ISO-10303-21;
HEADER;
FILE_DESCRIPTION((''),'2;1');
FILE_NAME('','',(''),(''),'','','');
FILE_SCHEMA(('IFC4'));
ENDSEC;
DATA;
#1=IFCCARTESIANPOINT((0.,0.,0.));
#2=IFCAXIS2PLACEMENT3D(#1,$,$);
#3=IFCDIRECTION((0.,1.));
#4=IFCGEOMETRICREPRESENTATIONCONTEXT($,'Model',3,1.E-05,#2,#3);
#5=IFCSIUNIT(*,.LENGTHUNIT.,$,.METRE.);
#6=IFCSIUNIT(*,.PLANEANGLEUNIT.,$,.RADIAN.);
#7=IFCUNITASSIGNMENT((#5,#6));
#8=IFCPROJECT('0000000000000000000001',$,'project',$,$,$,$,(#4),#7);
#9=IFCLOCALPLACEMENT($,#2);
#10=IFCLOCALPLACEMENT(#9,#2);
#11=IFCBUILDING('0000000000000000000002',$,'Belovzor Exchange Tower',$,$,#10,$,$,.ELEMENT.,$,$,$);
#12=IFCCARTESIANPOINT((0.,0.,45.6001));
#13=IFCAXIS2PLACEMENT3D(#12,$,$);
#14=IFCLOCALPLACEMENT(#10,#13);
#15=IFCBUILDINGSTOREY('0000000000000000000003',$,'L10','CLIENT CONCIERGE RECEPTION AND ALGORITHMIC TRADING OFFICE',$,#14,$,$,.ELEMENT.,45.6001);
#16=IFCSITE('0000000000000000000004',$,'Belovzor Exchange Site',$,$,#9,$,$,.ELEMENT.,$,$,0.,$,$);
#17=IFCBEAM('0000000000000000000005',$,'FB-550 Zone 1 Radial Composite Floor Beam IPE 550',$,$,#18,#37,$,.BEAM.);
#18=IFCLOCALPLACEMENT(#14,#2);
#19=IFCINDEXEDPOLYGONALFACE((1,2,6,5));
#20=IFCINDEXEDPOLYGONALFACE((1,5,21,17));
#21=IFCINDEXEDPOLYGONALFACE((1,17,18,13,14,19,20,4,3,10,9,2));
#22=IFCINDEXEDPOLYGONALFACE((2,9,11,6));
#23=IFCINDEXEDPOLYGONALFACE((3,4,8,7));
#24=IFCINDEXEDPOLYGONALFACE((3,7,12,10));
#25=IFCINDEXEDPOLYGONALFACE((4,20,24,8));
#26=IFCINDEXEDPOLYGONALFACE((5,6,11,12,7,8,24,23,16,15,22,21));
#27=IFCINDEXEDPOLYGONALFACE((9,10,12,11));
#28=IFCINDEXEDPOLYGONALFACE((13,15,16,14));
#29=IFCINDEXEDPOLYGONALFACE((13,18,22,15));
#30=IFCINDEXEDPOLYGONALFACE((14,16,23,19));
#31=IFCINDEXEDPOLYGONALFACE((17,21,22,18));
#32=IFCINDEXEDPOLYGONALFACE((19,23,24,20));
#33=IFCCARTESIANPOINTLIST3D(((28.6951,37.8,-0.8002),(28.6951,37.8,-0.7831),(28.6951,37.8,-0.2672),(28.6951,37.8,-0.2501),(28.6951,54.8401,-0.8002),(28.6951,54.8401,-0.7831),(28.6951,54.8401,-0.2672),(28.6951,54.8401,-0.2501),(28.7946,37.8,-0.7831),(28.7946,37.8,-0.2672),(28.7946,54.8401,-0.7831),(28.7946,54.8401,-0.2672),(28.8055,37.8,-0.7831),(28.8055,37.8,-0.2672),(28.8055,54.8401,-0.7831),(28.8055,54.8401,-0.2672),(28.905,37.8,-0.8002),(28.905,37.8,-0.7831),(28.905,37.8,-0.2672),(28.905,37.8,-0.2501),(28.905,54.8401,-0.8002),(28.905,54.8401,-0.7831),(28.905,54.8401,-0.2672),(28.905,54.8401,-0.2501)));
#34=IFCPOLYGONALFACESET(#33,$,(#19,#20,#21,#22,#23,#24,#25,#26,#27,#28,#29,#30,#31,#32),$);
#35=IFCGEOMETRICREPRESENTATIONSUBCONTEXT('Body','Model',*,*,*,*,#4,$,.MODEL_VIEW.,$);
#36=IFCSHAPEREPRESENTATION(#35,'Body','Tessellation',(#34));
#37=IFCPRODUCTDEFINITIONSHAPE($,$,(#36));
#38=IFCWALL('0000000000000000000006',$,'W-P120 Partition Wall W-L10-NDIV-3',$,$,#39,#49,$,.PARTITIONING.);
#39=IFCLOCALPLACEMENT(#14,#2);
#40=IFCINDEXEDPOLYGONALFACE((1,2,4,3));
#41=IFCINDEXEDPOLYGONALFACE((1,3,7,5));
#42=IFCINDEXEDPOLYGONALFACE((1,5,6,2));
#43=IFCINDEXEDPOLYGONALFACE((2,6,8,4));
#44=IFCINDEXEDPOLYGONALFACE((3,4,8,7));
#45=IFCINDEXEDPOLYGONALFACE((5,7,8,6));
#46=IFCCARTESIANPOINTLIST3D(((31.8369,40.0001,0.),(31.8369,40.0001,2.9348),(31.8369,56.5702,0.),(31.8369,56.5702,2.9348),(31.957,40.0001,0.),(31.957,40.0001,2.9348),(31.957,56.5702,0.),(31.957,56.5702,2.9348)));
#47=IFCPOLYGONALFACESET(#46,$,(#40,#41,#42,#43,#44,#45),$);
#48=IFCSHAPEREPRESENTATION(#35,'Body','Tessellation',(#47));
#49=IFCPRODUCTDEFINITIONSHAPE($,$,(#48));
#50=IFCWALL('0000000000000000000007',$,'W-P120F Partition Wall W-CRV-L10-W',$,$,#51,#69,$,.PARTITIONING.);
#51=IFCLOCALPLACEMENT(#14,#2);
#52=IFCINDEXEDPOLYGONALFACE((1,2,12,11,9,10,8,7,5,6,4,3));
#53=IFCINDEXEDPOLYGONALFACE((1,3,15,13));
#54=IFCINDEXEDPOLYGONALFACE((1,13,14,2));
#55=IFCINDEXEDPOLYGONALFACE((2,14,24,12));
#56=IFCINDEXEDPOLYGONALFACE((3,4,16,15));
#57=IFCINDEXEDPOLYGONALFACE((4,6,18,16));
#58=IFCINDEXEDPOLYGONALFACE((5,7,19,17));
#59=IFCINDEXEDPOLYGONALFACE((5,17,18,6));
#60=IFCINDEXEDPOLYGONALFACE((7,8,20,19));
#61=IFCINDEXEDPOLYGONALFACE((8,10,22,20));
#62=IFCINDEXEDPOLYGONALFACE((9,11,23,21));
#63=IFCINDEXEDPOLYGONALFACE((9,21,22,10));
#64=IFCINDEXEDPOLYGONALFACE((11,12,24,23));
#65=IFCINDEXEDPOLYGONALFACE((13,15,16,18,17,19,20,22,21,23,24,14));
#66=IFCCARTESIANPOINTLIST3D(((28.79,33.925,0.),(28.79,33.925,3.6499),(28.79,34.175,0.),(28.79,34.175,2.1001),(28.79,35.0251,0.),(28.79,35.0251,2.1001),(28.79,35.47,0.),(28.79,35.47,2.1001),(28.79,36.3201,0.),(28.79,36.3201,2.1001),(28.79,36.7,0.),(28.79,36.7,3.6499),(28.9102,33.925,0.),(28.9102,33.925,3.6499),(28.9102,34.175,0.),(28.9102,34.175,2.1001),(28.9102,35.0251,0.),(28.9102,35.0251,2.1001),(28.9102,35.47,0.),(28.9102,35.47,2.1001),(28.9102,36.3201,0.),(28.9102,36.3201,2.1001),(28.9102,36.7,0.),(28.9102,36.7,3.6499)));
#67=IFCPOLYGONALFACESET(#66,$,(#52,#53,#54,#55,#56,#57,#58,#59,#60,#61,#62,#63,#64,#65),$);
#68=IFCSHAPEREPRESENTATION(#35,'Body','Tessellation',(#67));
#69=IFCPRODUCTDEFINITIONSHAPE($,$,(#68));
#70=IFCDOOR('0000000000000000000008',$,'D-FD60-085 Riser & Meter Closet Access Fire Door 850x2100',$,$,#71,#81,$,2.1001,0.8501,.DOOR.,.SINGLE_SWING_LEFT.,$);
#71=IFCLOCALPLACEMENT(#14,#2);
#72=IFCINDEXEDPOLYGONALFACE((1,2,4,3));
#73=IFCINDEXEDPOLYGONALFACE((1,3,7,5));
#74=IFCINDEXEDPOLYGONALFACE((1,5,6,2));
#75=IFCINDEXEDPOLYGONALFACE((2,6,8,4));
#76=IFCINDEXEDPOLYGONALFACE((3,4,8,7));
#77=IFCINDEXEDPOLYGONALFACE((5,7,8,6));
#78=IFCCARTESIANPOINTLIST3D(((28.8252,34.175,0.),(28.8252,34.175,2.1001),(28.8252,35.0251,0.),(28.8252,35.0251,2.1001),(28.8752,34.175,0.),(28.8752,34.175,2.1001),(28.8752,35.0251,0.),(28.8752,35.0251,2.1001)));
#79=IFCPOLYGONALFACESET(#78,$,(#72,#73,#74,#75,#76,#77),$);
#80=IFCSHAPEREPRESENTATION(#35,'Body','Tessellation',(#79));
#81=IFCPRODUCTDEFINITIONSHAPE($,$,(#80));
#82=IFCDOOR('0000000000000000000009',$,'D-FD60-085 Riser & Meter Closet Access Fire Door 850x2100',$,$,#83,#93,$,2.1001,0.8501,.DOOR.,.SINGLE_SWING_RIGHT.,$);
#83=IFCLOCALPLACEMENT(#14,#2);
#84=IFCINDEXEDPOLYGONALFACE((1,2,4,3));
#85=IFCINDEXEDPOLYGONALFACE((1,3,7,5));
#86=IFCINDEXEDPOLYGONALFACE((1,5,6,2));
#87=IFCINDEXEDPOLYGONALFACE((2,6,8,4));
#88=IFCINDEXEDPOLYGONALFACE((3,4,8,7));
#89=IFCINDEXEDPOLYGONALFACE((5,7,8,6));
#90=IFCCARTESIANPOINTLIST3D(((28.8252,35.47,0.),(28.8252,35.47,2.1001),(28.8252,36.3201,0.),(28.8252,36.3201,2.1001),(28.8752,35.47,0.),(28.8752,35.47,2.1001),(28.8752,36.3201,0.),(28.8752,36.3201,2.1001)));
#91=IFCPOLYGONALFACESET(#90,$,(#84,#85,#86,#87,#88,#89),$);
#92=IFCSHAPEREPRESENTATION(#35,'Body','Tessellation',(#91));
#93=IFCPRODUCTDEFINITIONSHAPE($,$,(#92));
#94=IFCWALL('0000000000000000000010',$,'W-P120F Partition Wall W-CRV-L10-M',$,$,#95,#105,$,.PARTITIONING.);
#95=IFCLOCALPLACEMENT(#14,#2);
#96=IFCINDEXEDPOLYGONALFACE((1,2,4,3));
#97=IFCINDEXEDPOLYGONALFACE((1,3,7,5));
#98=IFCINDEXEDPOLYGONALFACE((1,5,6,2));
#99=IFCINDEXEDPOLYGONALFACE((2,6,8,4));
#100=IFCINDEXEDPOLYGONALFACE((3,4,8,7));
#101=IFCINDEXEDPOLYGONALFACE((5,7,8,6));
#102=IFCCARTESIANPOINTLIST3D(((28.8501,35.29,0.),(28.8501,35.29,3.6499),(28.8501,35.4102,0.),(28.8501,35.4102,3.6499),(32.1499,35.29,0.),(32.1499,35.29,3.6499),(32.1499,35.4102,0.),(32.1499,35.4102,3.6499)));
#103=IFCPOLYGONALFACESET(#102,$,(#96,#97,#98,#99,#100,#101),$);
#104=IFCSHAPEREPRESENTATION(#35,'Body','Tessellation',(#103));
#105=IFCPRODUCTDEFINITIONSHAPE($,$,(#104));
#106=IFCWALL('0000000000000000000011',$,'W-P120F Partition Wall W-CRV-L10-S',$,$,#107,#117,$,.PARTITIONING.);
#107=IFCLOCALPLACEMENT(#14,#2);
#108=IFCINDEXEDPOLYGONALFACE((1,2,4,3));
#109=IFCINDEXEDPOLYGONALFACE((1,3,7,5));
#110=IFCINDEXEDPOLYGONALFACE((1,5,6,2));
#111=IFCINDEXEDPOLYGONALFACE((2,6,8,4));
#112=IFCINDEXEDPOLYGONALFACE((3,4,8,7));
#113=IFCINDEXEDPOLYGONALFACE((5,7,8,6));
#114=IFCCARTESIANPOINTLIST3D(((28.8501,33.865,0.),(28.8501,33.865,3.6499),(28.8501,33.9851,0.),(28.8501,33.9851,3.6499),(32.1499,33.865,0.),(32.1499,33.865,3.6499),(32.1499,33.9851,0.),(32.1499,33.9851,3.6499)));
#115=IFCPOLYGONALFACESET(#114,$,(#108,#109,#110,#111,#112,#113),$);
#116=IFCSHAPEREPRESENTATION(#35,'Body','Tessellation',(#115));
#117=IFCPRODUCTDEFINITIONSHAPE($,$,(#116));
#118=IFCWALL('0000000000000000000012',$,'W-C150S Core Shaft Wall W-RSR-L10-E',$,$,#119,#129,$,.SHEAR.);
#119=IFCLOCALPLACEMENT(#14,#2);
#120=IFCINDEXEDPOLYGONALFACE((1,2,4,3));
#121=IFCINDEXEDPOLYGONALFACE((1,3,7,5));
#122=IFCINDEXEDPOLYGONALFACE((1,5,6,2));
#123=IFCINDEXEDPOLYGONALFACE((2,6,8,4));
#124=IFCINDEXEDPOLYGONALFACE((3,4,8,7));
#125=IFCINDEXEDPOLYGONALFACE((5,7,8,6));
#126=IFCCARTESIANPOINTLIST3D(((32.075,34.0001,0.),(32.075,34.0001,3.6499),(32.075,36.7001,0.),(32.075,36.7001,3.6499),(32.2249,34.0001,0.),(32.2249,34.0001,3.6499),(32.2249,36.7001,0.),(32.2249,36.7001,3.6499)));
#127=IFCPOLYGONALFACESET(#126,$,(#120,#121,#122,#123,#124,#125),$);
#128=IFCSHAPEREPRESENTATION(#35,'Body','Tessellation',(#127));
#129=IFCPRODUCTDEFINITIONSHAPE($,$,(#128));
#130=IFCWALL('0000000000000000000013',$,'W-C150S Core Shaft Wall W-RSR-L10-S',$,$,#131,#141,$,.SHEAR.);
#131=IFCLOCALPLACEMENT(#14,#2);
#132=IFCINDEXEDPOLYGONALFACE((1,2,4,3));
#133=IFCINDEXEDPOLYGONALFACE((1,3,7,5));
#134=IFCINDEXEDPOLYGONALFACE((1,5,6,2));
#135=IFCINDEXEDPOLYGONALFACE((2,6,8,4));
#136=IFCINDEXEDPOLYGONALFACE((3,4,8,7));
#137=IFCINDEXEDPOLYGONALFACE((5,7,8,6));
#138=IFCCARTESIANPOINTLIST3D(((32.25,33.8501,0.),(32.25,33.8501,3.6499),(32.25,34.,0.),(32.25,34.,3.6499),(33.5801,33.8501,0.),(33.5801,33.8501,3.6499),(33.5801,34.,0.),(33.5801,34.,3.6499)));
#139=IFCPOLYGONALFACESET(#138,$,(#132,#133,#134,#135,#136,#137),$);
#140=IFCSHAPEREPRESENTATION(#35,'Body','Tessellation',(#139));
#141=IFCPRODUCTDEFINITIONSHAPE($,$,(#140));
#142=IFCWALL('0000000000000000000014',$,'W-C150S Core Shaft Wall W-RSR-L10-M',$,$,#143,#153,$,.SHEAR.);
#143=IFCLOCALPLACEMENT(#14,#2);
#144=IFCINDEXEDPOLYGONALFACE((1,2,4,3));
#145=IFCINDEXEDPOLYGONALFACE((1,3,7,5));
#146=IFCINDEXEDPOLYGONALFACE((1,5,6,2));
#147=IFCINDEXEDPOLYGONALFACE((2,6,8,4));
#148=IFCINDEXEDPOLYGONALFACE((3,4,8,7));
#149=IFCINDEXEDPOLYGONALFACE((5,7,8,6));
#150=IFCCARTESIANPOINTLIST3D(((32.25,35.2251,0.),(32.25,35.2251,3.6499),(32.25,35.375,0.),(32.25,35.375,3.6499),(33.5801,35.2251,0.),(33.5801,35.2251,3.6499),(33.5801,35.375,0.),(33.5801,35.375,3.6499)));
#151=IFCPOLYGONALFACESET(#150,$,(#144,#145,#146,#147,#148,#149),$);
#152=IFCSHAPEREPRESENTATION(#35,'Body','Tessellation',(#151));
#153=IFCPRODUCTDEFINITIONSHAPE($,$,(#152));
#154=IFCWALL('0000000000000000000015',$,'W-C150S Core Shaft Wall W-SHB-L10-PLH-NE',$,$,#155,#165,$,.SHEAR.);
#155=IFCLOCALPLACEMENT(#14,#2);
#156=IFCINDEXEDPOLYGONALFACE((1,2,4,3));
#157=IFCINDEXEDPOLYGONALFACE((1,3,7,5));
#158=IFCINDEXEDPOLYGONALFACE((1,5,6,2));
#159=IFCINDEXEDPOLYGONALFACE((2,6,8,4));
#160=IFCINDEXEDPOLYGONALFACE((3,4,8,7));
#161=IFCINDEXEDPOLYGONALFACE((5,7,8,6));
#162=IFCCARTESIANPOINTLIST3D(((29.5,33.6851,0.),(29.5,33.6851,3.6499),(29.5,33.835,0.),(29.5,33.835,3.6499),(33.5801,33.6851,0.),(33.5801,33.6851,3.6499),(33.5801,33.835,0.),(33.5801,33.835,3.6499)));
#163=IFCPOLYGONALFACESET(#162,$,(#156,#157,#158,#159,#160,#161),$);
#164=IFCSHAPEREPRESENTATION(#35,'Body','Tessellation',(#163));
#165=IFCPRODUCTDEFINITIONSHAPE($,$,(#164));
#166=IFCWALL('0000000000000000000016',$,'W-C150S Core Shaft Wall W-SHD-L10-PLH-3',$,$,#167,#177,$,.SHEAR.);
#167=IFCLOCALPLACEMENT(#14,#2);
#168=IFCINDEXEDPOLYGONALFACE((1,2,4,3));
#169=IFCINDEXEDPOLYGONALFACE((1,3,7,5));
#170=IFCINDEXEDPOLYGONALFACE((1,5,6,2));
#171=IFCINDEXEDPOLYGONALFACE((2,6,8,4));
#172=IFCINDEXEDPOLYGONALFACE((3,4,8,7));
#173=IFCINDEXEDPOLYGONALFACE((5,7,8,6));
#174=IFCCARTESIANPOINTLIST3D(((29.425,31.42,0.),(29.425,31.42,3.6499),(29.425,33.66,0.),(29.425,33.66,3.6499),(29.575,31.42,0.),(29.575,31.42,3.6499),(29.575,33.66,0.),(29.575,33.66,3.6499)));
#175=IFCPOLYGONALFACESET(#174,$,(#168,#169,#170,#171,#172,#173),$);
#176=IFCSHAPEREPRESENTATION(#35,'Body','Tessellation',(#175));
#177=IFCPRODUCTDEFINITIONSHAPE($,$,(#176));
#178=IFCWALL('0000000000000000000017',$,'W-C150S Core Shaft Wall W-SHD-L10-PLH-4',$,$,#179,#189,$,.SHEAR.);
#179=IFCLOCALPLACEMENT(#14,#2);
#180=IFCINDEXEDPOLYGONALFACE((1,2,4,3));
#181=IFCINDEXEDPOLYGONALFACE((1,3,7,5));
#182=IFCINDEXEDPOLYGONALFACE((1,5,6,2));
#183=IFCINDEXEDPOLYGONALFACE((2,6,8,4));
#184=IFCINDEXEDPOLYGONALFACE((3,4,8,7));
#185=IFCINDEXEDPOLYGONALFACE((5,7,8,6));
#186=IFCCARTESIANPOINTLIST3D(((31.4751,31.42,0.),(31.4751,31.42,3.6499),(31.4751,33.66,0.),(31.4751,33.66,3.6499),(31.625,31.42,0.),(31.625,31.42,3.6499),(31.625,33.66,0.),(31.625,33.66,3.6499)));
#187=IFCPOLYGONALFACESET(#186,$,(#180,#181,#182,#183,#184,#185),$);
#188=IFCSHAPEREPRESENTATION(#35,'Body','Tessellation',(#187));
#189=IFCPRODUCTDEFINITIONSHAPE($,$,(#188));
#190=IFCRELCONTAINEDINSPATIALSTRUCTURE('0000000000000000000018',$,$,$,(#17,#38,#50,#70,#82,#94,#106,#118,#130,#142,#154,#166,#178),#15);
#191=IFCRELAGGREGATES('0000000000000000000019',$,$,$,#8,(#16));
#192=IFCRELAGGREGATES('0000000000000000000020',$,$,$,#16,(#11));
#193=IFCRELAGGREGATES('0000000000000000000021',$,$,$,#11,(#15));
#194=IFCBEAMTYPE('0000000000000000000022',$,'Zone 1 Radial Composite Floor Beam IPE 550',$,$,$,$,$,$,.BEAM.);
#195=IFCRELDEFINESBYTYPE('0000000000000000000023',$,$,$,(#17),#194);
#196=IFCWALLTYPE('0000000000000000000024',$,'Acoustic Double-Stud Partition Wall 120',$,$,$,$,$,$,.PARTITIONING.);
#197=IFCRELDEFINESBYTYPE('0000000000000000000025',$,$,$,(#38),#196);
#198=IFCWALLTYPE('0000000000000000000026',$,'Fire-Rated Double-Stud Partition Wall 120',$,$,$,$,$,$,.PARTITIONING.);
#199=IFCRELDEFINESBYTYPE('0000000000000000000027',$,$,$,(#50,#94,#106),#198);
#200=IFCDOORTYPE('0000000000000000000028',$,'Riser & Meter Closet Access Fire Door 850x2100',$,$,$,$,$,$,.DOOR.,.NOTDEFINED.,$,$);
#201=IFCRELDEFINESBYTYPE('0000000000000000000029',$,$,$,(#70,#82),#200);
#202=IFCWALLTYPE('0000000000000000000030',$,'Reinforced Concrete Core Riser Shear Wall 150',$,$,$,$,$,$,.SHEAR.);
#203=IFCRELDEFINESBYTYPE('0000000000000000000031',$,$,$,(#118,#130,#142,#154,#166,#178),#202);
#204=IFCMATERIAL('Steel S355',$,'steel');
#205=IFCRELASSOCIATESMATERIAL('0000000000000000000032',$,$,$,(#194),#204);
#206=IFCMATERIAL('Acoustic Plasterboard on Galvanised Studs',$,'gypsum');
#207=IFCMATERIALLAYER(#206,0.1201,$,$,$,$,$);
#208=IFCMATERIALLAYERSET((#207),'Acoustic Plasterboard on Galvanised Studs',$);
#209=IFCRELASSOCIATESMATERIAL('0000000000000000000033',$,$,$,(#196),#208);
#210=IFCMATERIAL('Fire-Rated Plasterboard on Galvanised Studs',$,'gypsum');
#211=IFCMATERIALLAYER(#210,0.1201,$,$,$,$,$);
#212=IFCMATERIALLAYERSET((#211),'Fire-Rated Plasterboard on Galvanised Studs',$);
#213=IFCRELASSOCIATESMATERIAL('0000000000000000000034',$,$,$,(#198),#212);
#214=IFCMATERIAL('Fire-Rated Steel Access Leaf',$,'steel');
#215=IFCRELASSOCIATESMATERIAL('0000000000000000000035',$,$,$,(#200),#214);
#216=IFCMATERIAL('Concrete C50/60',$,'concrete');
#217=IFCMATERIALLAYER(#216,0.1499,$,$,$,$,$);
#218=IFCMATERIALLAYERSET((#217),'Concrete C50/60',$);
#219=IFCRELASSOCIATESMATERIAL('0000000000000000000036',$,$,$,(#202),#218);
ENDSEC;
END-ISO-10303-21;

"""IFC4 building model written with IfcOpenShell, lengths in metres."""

from ifc_helpers import new_model, si_unit, direction, frame, frame_2d, origin, origin_2d, place, context, subcontext, project, spatial, rectangle, i_section, extrude, material, layer, layer_set, material_profile, profile_set, type_object, element, fill, save


model = new_model("IFC4")

# Units and contexts
model_context = context("Model", 3, precision=1e-05, world=origin(), true_north=direction((0.0, 1.0)))
body_context = subcontext(model_context, "Body", "Model", "MODEL_VIEW")
ifc_project = project(units=[si_unit("LENGTHUNIT", "METRE"), si_unit("PLANEANGLEUNIT", "RADIAN")], contexts=[model_context])

# Site, building, storey
site_placement = place(None, origin())
site = spatial("IfcSite", under=ifc_project, at=site_placement, Name="Belovzor Exchange Site", CompositionType="ELEMENT", RefElevation=0.0)
building_placement = place(site_placement, origin())
building = spatial("IfcBuilding", under=site, at=building_placement, Name="Belovzor Exchange Tower", CompositionType="ELEMENT")
storey_placement = place(building_placement, frame((0.0, 0.0, 45.6001)))
storey = spatial("IfcBuildingStorey", under=building, at=storey_placement, Name="L10", Description="CLIENT CONCIERGE RECEPTION AND ALGORITHMIC TRADING OFFICE", CompositionType="ELEMENT", Elevation=45.6001)

# Beam
ifc_material_1 = material(Name="Steel S355", Category="steel")
ifc_material_profile = material_profile(ifc_material_1, i_section(OverallWidth=0.21, OverallDepth=0.55, WebThickness=0.011, FlangeThickness=0.0171, at=origin_2d()))
ifc_profile_set = profile_set([ifc_material_profile], Name="Steel S355")
beam_type = type_object("IfcBeamType", Name="Zone 1 Radial Composite Floor Beam IPE 550", PredefinedType="BEAM", material=ifc_profile_set)
beam_placement = place(storey_placement, frame((28.8, 37.8, -0.5251), z_axis=(0.0, 1.0, 0.0), x_axis=(-1.0, 0.0, 0.0)))
element("IfcBeam", 1, at=beam_placement, inside=storey, type_object=beam_type, Name="FB-550 Zone 1 Radial Composite Floor Beam IPE 550", PredefinedType="BEAM", context=body_context, shape_type="SweptSolid", body=[
    extrude(i_section(OverallWidth=0.21, OverallDepth=0.55, WebThickness=0.011, FlangeThickness=0.0171, at=origin_2d()), origin(), (0.0, 0.0, 1.0), 17.04),
])

# Wall
ifc_material_2 = material(Name="Acoustic Plasterboard on Galvanised Studs", Category="gypsum")
ifc_layer_1 = layer(ifc_material_2, 0.1201)
ifc_layer_set_1 = layer_set([ifc_layer_1], Name="Acoustic Plasterboard on Galvanised Studs")
wall_type_1 = type_object("IfcWallType", Name="Acoustic Double-Stud Partition Wall 120", PredefinedType="PARTITIONING", material=ifc_layer_set_1)
wall_1_placement = place(storey_placement, frame((31.897, 40.0, 0.0), z_axis=(0.0, 0.0, 1.0), x_axis=(0.0, 1.0, 0.0)))
element("IfcWall", 2, at=wall_1_placement, inside=storey, type_object=wall_type_1, Name="W-P120 Partition Wall W-L10-NDIV-3", PredefinedType="PARTITIONING", context=body_context, shape_type="SweptSolid", body=[
    extrude(rectangle(XDim=16.5701, YDim=0.1201, at=frame_2d((8.2852, 0.0))), origin(), (0.0, 0.0, 1.0), 2.9348),
])

# Wall, openings, doors
ifc_material_3 = material(Name="Fire-Rated Plasterboard on Galvanised Studs", Category="gypsum")
ifc_layer_2 = layer(ifc_material_3, 0.1201)
ifc_layer_set_2 = layer_set([ifc_layer_2], Name="Fire-Rated Plasterboard on Galvanised Studs")
wall_type_2 = type_object("IfcWallType", Name="Fire-Rated Double-Stud Partition Wall 120", PredefinedType="PARTITIONING", material=ifc_layer_set_2)
wall_2_placement = place(storey_placement, frame((28.8501, 33.925, 0.0), z_axis=(0.0, 0.0, 1.0), x_axis=(0.0, 1.0, 0.0)))
wall_2 = element("IfcWall", 3, at=wall_2_placement, inside=storey, type_object=wall_type_2, Name="W-P120F Partition Wall W-CRV-L10-W", PredefinedType="PARTITIONING", context=body_context, shape_type="SweptSolid", body=[
    extrude(rectangle(XDim=2.7749, YDim=0.1201, at=frame_2d((1.3875, 0.0))), origin(), (0.0, 0.0, 1.0), 3.6499),
])
opening_1_placement = place(wall_2_placement, frame((0.25, 0.0, 0.0)))
opening_1 = element("IfcOpeningElement", 4, at=opening_1_placement, cuts=wall_2, PredefinedType="OPENING", context=body_context, shape_type="SweptSolid", body=[
    extrude(rectangle(XDim=0.8501, YDim=2.1001, at=frame_2d((0.425, 1.05))), frame((0.0, 0.0701, 0.0), z_axis=(0.0, -1.0, 0.0), x_axis=(1.0, 0.0, 0.0)), (0.0, 0.0, 1.0), 0.1401),
])
opening_2_placement = place(wall_2_placement, frame((1.5449, 0.0, 0.0)))
opening_2 = element("IfcOpeningElement", 5, at=opening_2_placement, cuts=wall_2, PredefinedType="OPENING", context=body_context, shape_type="SweptSolid", body=[
    extrude(rectangle(XDim=0.8501, YDim=2.1001, at=frame_2d((0.425, 1.05))), frame((0.0, 0.0701, 0.0), z_axis=(0.0, -1.0, 0.0), x_axis=(1.0, 0.0, 0.0)), (0.0, 0.0, 1.0), 0.1401),
])
ifc_material_4 = material(Name="Fire-Rated Steel Access Leaf", Category="steel")
door_type = type_object("IfcDoorType", Name="Riser & Meter Closet Access Fire Door 850x2100", OperationType="NOTDEFINED", PredefinedType="DOOR", material=ifc_material_4)
door_1_placement = place(opening_1_placement, origin())
door_1 = element("IfcDoor", 6, at=door_1_placement, inside=storey, type_object=door_type, Name="D-FD60-085 Riser & Meter Closet Access Fire Door 850x2100", OperationType="SINGLE_SWING_LEFT", OverallHeight=2.1001, OverallWidth=0.8501, PredefinedType="DOOR", context=body_context, shape_type="SweptSolid", body=[
    extrude(rectangle(XDim=0.8501, YDim=2.1001, at=frame_2d((0.425, 1.05))), frame((0.0, 0.0249, 0.0), z_axis=(0.0, -1.0, 0.0), x_axis=(1.0, 0.0, 0.0)), (0.0, 0.0, 1.0), 0.05),
])
fill(opening_1, door_1)
door_2_placement = place(opening_2_placement, origin())
door_2 = element("IfcDoor", 7, at=door_2_placement, inside=storey, type_object=door_type, Name="D-FD60-085 Riser & Meter Closet Access Fire Door 850x2100", OperationType="SINGLE_SWING_RIGHT", OverallHeight=2.1001, OverallWidth=0.8501, PredefinedType="DOOR", context=body_context, shape_type="SweptSolid", body=[
    extrude(rectangle(XDim=0.8501, YDim=2.1001, at=frame_2d((0.425, 1.05))), frame((0.0, 0.0249, 0.0), z_axis=(0.0, -1.0, 0.0), x_axis=(1.0, 0.0, 0.0)), (0.0, 0.0, 1.0), 0.05),
])
fill(opening_2, door_2)

# Walls
for number, where, z_axis, x_axis, name in (
    (8, (28.8501, 35.3501, 0.0), (0.0, 0.0, 1.0), (1.0, 0.0, 0.0), "W-P120F Partition Wall W-CRV-L10-M"),
    (9, (28.8501, 33.925, 0.0), (0.0, 0.0, 1.0), (1.0, 0.0, 0.0), "W-P120F Partition Wall W-CRV-L10-S"),
):
    element("IfcWall", number, at=place(storey_placement, frame(where, z_axis=z_axis, x_axis=x_axis)), inside=storey, type_object=wall_type_2, Name=name, PredefinedType="PARTITIONING", context=body_context, shape_type="SweptSolid", body=[
        extrude(rectangle(XDim=3.2998, YDim=0.1201, at=frame_2d((1.6499, 0.0))), origin(), (0.0, 0.0, 1.0), 3.6499),
    ])
ifc_material_5 = material(Name="Concrete C50/60", Category="concrete")
ifc_layer_3 = layer(ifc_material_5, 0.1499)
ifc_layer_set_3 = layer_set([ifc_layer_3], Name="Concrete C50/60")
wall_type_3 = type_object("IfcWallType", Name="Reinforced Concrete Core Riser Shear Wall 150", PredefinedType="SHEAR", material=ifc_layer_set_3)
wall_3_placement = place(storey_placement, frame((32.1499, 34.0, 0.0), z_axis=(0.0, 0.0, 1.0), x_axis=(0.0, 1.0, 0.0)))
element("IfcWall", 10, at=wall_3_placement, inside=storey, type_object=wall_type_3, Name="W-C150S Core Shaft Wall W-RSR-L10-E", PredefinedType="SHEAR", context=body_context, shape_type="SweptSolid", body=[
    extrude(rectangle(XDim=2.7, YDim=0.1499, at=frame_2d((1.3501, 0.0))), origin(), (0.0, 0.0, 1.0), 3.6499),
])
for number, where, z_axis, x_axis, name in (
    (11, (32.25, 33.925, 0.0), (0.0, 0.0, 1.0), (1.0, 0.0, 0.0), "W-C150S Core Shaft Wall W-RSR-L10-S"),
    (12, (32.25, 35.3, 0.0), (0.0, 0.0, 1.0), (1.0, 0.0, 0.0), "W-C150S Core Shaft Wall W-RSR-L10-M"),
):
    element("IfcWall", number, at=place(storey_placement, frame(where, z_axis=z_axis, x_axis=x_axis)), inside=storey, type_object=wall_type_3, Name=name, PredefinedType="SHEAR", context=body_context, shape_type="SweptSolid", body=[
        extrude(rectangle(XDim=1.3301, YDim=0.1499, at=frame_2d((0.665, 0.0))), origin(), (0.0, 0.0, 1.0), 3.6499),
    ])
wall_4_placement = place(storey_placement, frame((29.5, 33.76, 0.0), z_axis=(0.0, 0.0, 1.0), x_axis=(1.0, 0.0, 0.0)))
element("IfcWall", 13, at=wall_4_placement, inside=storey, type_object=wall_type_3, Name="W-C150S Core Shaft Wall W-SHB-L10-PLH-NE", PredefinedType="SHEAR", context=body_context, shape_type="SweptSolid", body=[
    extrude(rectangle(XDim=4.0801, YDim=0.1499, at=frame_2d((2.04, 0.0))), origin(), (0.0, 0.0, 1.0), 3.6499),
])
for number, where, z_axis, x_axis, name in (
    (14, (29.5, 31.4199, 0.0), (0.0, 0.0, 1.0), (0.0, 1.0, 0.0), "W-C150S Core Shaft Wall W-SHD-L10-PLH-3"),
    (15, (31.55, 31.4199, 0.0), (0.0, 0.0, 1.0), (0.0, 1.0, 0.0), "W-C150S Core Shaft Wall W-SHD-L10-PLH-4"),
):
    element("IfcWall", number, at=place(storey_placement, frame(where, z_axis=z_axis, x_axis=x_axis)), inside=storey, type_object=wall_type_3, Name=name, PredefinedType="SHEAR", context=body_context, shape_type="SweptSolid", body=[
        extrude(rectangle(XDim=2.24, YDim=0.1499, at=frame_2d((1.1201, 0.0))), origin(), (0.0, 0.0, 1.0), 3.6499),
    ])

save(model, "model.ifc")
